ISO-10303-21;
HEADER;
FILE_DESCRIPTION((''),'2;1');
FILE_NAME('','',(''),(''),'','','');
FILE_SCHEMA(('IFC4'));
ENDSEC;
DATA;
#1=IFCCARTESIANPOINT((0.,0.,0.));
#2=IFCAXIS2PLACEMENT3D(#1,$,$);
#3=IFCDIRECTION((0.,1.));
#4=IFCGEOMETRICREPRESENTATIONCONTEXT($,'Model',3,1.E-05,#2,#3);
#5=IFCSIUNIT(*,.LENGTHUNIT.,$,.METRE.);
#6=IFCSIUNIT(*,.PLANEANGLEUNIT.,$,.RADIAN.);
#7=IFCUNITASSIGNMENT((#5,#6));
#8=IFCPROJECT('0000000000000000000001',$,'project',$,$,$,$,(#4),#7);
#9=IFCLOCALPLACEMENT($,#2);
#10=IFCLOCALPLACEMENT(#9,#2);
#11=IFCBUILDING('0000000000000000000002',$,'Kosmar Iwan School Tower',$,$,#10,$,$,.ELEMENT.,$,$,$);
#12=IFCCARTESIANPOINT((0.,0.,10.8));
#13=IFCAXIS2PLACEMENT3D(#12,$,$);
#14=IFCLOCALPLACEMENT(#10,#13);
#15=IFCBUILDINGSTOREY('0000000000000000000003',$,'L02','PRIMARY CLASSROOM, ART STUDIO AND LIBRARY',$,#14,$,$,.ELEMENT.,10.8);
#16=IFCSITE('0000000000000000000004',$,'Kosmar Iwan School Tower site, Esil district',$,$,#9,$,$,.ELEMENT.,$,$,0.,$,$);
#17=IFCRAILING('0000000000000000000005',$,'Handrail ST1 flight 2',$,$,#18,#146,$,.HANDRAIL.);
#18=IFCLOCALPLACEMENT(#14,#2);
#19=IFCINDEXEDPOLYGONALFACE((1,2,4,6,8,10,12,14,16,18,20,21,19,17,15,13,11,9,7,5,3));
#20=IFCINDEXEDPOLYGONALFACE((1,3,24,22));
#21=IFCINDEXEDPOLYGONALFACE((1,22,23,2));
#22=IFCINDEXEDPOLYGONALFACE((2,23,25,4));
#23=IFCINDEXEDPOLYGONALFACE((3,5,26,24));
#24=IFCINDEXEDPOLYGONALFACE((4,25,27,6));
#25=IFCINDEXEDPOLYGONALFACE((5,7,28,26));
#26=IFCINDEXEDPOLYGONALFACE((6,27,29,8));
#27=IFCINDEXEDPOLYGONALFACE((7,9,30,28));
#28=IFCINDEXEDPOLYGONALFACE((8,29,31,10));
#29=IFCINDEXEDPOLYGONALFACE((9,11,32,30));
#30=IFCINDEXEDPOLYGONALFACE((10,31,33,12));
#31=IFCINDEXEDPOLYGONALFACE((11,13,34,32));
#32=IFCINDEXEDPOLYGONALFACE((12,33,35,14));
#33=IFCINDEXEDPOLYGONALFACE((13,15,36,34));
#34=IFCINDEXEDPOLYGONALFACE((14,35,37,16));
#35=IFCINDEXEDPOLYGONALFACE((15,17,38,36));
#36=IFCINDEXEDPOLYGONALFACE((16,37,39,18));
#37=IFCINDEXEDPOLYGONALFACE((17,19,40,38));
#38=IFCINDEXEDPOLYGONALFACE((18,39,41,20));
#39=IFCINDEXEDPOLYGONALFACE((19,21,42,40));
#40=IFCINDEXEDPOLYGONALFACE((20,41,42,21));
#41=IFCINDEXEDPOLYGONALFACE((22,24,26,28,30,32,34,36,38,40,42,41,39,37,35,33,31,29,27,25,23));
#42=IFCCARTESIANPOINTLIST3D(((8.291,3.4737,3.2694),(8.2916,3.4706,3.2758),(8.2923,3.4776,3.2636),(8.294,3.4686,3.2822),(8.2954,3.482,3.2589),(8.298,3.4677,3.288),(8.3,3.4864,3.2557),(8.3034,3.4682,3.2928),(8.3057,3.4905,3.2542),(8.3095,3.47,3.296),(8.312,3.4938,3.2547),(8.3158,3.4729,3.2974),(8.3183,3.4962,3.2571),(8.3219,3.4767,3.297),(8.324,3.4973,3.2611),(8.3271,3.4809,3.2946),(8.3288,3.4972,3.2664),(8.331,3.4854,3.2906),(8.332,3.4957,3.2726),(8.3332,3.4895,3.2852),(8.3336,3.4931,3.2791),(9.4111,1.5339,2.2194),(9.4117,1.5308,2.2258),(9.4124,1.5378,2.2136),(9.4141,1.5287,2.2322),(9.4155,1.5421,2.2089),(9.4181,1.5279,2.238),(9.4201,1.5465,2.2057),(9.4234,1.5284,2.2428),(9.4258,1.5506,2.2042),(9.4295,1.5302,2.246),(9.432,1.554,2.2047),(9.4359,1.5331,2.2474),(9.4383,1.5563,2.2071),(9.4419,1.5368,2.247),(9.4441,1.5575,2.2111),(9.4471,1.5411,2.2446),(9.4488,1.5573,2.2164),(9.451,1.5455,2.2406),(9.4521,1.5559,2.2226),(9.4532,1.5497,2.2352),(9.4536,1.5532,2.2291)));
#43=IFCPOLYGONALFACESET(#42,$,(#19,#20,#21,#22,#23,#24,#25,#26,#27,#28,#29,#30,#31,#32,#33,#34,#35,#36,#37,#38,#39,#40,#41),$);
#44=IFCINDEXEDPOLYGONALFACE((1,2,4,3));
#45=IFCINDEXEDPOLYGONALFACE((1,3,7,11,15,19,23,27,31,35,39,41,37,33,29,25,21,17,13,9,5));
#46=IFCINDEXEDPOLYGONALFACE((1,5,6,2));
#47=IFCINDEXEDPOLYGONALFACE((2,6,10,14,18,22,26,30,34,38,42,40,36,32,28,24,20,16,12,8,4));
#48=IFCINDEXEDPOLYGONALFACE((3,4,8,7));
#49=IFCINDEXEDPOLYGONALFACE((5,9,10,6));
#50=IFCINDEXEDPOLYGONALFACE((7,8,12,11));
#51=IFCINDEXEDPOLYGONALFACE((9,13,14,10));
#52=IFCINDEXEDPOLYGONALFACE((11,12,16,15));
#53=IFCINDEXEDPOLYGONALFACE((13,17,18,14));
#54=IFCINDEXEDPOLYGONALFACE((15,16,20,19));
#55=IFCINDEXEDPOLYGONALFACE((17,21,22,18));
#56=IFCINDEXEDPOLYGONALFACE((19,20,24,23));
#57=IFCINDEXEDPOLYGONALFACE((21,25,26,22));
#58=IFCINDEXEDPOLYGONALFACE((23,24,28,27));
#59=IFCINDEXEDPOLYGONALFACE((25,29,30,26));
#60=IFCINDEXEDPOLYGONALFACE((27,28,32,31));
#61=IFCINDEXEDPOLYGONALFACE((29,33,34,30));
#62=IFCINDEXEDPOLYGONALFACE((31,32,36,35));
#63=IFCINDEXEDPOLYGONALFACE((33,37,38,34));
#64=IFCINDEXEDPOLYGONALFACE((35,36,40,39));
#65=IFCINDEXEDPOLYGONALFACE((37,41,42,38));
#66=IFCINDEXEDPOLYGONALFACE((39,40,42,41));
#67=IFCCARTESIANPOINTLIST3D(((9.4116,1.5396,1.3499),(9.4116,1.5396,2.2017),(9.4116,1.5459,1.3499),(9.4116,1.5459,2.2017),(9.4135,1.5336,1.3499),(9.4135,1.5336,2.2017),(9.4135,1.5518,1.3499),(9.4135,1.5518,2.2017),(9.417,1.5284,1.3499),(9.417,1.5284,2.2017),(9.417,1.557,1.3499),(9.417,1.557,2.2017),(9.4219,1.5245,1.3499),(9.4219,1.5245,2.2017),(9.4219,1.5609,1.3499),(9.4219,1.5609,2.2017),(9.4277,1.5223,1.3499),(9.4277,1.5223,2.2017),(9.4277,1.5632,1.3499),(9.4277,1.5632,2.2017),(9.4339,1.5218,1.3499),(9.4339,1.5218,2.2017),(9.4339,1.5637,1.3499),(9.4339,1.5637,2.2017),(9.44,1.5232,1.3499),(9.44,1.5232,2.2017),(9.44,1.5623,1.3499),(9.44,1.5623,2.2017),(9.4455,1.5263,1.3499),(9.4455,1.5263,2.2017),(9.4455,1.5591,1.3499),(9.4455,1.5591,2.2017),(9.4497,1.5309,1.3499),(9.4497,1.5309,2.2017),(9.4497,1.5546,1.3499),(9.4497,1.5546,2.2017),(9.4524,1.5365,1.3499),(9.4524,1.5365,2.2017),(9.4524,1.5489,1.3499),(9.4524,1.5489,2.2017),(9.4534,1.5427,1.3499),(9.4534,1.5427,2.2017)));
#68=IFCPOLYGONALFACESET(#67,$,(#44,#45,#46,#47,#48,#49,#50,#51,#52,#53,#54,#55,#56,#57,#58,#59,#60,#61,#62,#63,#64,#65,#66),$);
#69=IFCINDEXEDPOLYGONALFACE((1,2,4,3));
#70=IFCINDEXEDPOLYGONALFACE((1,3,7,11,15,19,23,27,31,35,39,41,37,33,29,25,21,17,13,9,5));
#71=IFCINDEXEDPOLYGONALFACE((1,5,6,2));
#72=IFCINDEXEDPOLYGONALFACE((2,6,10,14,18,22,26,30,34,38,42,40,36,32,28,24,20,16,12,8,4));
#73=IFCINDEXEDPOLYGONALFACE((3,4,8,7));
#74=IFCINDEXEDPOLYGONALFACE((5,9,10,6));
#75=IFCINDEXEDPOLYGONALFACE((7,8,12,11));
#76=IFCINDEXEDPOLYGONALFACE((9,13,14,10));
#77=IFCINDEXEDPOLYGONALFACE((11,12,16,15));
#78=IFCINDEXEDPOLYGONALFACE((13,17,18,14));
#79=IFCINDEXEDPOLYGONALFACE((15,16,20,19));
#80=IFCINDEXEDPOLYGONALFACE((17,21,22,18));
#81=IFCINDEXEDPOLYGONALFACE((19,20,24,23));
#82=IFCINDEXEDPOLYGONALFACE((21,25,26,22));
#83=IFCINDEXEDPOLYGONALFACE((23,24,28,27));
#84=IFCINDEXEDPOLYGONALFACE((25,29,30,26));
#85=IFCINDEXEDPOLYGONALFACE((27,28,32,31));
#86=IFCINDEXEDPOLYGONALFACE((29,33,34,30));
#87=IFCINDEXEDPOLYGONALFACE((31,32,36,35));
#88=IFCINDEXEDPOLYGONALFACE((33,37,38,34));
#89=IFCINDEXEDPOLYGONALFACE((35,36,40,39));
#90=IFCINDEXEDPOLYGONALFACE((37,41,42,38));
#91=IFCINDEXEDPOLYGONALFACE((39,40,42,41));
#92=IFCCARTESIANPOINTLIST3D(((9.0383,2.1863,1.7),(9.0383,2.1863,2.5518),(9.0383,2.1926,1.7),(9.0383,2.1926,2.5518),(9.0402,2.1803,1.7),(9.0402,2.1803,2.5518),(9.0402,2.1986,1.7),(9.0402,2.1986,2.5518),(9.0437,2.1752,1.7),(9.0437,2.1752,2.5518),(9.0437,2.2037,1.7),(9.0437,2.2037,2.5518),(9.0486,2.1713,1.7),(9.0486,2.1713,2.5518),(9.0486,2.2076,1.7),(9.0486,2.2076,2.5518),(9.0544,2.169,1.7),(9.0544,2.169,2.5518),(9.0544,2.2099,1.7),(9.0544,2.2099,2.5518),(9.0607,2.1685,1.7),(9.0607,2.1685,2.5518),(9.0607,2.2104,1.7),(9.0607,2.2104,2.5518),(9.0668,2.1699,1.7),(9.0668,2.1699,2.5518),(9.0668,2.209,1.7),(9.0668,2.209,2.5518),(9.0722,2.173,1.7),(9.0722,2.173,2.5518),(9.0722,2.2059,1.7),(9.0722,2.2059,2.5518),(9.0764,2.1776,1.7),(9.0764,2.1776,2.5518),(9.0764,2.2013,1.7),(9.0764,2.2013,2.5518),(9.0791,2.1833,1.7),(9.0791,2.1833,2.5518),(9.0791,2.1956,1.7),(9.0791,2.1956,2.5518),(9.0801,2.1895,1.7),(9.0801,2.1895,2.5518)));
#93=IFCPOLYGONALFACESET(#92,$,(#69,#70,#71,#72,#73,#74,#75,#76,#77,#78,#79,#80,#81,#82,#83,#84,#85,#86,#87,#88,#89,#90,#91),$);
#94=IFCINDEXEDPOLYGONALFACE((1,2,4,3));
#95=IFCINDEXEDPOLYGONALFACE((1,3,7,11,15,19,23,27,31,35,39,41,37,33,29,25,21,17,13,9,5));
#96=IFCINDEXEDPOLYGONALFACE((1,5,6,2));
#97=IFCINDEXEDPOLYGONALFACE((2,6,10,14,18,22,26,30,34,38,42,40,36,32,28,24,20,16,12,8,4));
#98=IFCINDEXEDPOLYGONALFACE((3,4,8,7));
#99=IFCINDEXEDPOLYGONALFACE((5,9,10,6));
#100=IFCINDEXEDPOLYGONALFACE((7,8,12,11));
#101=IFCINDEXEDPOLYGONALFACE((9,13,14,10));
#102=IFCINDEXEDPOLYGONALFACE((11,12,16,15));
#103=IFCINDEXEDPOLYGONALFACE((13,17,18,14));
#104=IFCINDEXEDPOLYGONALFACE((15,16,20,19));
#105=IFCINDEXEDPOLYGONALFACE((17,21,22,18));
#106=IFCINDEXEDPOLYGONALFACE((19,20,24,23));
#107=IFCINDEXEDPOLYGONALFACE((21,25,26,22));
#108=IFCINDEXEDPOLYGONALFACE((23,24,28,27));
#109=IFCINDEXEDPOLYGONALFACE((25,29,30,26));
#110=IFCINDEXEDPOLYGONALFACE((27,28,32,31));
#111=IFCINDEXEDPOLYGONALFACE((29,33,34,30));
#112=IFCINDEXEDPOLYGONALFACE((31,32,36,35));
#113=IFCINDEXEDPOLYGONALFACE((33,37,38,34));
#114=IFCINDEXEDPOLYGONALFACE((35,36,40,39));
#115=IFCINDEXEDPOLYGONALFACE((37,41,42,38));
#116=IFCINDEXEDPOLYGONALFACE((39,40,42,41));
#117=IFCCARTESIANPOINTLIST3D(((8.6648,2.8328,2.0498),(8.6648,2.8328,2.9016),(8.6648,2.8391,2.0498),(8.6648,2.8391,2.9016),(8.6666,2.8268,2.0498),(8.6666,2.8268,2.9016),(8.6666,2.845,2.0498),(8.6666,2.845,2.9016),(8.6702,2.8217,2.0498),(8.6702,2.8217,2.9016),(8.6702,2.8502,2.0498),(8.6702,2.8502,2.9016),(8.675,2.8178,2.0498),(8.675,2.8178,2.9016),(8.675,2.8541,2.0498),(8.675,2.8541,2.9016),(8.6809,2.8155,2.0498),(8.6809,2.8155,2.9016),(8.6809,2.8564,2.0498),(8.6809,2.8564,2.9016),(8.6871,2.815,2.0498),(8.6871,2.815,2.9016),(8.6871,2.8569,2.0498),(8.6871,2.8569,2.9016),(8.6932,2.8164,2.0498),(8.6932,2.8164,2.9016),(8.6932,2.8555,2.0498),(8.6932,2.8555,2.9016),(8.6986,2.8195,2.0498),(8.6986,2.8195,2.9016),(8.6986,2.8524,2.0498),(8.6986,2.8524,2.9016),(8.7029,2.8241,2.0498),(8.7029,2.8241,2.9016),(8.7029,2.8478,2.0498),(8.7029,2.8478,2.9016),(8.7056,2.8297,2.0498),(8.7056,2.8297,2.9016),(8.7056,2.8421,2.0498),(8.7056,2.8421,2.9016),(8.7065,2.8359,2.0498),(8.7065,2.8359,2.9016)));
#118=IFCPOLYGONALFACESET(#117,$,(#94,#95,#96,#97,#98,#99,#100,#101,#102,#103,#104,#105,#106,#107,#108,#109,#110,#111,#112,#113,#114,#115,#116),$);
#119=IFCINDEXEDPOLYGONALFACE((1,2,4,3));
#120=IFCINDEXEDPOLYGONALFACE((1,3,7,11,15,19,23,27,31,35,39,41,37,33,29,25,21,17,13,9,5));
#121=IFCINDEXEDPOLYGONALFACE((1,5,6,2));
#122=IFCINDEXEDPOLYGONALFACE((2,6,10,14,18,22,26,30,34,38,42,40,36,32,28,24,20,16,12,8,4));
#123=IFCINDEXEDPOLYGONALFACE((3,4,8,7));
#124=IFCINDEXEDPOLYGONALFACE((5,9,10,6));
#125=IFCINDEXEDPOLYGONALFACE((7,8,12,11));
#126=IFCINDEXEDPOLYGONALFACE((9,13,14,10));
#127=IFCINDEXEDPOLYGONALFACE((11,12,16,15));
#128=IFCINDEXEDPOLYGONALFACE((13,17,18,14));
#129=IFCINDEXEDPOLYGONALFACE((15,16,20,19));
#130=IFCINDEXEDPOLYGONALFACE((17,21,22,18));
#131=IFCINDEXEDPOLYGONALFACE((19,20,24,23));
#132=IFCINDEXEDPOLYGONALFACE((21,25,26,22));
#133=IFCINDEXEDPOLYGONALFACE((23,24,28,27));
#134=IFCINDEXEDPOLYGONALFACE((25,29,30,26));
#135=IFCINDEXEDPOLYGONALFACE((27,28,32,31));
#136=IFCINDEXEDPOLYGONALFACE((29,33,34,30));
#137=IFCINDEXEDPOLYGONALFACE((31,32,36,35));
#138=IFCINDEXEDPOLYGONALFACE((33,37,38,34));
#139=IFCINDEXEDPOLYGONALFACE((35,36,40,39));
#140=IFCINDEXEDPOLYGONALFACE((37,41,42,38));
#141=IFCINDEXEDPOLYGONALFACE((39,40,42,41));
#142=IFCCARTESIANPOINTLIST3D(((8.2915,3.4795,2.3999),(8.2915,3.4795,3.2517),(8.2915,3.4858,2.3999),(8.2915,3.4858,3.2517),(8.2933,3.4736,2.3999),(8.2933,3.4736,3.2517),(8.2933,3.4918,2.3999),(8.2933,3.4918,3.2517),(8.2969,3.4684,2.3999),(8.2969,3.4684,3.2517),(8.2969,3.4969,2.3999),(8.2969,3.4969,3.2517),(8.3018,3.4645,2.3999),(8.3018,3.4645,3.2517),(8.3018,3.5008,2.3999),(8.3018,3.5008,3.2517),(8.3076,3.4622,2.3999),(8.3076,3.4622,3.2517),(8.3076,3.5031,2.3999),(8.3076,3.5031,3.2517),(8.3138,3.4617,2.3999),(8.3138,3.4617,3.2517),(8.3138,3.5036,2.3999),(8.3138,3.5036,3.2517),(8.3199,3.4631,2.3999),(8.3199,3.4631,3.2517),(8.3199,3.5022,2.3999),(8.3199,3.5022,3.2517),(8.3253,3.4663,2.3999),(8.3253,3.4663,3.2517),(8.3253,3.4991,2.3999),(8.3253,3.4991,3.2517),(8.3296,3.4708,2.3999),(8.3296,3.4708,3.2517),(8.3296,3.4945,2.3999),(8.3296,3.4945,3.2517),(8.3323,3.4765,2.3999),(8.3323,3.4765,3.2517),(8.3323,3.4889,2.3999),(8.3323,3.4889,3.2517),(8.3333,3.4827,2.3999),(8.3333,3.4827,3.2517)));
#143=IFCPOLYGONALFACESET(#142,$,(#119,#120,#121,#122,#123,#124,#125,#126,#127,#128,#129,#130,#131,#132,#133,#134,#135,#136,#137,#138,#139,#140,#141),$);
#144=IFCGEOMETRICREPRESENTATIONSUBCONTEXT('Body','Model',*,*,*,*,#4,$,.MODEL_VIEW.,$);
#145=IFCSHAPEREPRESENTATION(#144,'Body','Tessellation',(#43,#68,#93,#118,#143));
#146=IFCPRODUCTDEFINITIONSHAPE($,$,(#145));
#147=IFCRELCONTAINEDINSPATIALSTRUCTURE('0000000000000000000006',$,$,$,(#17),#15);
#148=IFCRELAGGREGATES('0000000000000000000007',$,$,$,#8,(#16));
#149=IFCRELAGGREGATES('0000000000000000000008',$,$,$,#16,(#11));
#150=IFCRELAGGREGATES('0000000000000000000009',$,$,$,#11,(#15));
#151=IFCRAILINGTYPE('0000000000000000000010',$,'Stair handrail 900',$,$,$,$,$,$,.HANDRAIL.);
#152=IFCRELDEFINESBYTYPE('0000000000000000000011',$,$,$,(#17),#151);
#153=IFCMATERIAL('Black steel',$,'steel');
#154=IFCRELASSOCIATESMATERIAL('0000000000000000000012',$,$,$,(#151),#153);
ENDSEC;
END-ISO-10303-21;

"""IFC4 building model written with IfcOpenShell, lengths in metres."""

from ifc_helpers import new_model, si_unit, direction, frame, origin, origin_2d, place, context, subcontext, project, spatial, circle, extrude, material, type_object, element, save


model = new_model("IFC4")

# Units and contexts
model_context = context("Model", 3, precision=1e-05, world=origin(), true_north=direction((0.0, 1.0)))
body_context = subcontext(model_context, "Body", "Model", "MODEL_VIEW")
ifc_project = project(units=[si_unit("LENGTHUNIT", "METRE"), si_unit("PLANEANGLEUNIT", "RADIAN")], contexts=[model_context])

# Site, building, storey
site_placement = place(None, origin())
site = spatial("IfcSite", under=ifc_project, at=site_placement, Name="Kosmar Iwan School Tower site, Esil district", CompositionType="ELEMENT", RefElevation=0.0)
building_placement = place(site_placement, origin())
building = spatial("IfcBuilding", under=site, at=building_placement, Name="Kosmar Iwan School Tower", CompositionType="ELEMENT")
storey_placement = place(building_placement, frame((0.0, 0.0, 10.8)))
storey = spatial("IfcBuildingStorey", under=building, at=storey_placement, Name="L02", Description="PRIMARY CLASSROOM, ART STUDIO AND LIBRARY", CompositionType="ELEMENT", Elevation=10.8)

# Railing
ifc_material_1 = material(Name="Black steel", Category="steel")
railing_type = type_object("IfcRailingType", Name="Stair handrail 900", PredefinedType="HANDRAIL", material=ifc_material_1)
railing_1_placement = place(storey_placement, frame((9.4324, 1.5427, 1.3499)))
element("IfcRailing", 1, at=railing_1_placement, inside=storey, type_object=railing_type, Name="Handrail ST1 flight 2", PredefinedType="HANDRAIL", context=body_context, shape_type="SweptSolid", body=[
    extrude(circle(Radius=0.0239, at=origin_2d()), frame((0.0, 0.0, 0.876), z_axis=(-0.452757, 0.784134, 0.424435), x_axis=(-0.866008, -0.500031, 0.0)), (0.0, 0.0, 1.0), 2.4739),
    extrude(circle(Radius=0.021, at=origin_2d()), origin(), (0.0, 0.0, 1.0), 0.8518),
    extrude(circle(Radius=0.021, at=origin_2d()), frame((-0.3733, 0.6467, 0.3501)), (0.0, 0.0, 1.0), 0.8518),
    extrude(circle(Radius=0.021, at=origin_2d()), frame((-0.7468, 1.2932, 0.7)), (0.0, 0.0, 1.0), 0.8518),
    extrude(circle(Radius=0.021, at=origin_2d()), frame((-1.1201, 1.9399, 1.05)), (0.0, 0.0, 1.0), 0.8518),
])

save(model, "model.ifc")
